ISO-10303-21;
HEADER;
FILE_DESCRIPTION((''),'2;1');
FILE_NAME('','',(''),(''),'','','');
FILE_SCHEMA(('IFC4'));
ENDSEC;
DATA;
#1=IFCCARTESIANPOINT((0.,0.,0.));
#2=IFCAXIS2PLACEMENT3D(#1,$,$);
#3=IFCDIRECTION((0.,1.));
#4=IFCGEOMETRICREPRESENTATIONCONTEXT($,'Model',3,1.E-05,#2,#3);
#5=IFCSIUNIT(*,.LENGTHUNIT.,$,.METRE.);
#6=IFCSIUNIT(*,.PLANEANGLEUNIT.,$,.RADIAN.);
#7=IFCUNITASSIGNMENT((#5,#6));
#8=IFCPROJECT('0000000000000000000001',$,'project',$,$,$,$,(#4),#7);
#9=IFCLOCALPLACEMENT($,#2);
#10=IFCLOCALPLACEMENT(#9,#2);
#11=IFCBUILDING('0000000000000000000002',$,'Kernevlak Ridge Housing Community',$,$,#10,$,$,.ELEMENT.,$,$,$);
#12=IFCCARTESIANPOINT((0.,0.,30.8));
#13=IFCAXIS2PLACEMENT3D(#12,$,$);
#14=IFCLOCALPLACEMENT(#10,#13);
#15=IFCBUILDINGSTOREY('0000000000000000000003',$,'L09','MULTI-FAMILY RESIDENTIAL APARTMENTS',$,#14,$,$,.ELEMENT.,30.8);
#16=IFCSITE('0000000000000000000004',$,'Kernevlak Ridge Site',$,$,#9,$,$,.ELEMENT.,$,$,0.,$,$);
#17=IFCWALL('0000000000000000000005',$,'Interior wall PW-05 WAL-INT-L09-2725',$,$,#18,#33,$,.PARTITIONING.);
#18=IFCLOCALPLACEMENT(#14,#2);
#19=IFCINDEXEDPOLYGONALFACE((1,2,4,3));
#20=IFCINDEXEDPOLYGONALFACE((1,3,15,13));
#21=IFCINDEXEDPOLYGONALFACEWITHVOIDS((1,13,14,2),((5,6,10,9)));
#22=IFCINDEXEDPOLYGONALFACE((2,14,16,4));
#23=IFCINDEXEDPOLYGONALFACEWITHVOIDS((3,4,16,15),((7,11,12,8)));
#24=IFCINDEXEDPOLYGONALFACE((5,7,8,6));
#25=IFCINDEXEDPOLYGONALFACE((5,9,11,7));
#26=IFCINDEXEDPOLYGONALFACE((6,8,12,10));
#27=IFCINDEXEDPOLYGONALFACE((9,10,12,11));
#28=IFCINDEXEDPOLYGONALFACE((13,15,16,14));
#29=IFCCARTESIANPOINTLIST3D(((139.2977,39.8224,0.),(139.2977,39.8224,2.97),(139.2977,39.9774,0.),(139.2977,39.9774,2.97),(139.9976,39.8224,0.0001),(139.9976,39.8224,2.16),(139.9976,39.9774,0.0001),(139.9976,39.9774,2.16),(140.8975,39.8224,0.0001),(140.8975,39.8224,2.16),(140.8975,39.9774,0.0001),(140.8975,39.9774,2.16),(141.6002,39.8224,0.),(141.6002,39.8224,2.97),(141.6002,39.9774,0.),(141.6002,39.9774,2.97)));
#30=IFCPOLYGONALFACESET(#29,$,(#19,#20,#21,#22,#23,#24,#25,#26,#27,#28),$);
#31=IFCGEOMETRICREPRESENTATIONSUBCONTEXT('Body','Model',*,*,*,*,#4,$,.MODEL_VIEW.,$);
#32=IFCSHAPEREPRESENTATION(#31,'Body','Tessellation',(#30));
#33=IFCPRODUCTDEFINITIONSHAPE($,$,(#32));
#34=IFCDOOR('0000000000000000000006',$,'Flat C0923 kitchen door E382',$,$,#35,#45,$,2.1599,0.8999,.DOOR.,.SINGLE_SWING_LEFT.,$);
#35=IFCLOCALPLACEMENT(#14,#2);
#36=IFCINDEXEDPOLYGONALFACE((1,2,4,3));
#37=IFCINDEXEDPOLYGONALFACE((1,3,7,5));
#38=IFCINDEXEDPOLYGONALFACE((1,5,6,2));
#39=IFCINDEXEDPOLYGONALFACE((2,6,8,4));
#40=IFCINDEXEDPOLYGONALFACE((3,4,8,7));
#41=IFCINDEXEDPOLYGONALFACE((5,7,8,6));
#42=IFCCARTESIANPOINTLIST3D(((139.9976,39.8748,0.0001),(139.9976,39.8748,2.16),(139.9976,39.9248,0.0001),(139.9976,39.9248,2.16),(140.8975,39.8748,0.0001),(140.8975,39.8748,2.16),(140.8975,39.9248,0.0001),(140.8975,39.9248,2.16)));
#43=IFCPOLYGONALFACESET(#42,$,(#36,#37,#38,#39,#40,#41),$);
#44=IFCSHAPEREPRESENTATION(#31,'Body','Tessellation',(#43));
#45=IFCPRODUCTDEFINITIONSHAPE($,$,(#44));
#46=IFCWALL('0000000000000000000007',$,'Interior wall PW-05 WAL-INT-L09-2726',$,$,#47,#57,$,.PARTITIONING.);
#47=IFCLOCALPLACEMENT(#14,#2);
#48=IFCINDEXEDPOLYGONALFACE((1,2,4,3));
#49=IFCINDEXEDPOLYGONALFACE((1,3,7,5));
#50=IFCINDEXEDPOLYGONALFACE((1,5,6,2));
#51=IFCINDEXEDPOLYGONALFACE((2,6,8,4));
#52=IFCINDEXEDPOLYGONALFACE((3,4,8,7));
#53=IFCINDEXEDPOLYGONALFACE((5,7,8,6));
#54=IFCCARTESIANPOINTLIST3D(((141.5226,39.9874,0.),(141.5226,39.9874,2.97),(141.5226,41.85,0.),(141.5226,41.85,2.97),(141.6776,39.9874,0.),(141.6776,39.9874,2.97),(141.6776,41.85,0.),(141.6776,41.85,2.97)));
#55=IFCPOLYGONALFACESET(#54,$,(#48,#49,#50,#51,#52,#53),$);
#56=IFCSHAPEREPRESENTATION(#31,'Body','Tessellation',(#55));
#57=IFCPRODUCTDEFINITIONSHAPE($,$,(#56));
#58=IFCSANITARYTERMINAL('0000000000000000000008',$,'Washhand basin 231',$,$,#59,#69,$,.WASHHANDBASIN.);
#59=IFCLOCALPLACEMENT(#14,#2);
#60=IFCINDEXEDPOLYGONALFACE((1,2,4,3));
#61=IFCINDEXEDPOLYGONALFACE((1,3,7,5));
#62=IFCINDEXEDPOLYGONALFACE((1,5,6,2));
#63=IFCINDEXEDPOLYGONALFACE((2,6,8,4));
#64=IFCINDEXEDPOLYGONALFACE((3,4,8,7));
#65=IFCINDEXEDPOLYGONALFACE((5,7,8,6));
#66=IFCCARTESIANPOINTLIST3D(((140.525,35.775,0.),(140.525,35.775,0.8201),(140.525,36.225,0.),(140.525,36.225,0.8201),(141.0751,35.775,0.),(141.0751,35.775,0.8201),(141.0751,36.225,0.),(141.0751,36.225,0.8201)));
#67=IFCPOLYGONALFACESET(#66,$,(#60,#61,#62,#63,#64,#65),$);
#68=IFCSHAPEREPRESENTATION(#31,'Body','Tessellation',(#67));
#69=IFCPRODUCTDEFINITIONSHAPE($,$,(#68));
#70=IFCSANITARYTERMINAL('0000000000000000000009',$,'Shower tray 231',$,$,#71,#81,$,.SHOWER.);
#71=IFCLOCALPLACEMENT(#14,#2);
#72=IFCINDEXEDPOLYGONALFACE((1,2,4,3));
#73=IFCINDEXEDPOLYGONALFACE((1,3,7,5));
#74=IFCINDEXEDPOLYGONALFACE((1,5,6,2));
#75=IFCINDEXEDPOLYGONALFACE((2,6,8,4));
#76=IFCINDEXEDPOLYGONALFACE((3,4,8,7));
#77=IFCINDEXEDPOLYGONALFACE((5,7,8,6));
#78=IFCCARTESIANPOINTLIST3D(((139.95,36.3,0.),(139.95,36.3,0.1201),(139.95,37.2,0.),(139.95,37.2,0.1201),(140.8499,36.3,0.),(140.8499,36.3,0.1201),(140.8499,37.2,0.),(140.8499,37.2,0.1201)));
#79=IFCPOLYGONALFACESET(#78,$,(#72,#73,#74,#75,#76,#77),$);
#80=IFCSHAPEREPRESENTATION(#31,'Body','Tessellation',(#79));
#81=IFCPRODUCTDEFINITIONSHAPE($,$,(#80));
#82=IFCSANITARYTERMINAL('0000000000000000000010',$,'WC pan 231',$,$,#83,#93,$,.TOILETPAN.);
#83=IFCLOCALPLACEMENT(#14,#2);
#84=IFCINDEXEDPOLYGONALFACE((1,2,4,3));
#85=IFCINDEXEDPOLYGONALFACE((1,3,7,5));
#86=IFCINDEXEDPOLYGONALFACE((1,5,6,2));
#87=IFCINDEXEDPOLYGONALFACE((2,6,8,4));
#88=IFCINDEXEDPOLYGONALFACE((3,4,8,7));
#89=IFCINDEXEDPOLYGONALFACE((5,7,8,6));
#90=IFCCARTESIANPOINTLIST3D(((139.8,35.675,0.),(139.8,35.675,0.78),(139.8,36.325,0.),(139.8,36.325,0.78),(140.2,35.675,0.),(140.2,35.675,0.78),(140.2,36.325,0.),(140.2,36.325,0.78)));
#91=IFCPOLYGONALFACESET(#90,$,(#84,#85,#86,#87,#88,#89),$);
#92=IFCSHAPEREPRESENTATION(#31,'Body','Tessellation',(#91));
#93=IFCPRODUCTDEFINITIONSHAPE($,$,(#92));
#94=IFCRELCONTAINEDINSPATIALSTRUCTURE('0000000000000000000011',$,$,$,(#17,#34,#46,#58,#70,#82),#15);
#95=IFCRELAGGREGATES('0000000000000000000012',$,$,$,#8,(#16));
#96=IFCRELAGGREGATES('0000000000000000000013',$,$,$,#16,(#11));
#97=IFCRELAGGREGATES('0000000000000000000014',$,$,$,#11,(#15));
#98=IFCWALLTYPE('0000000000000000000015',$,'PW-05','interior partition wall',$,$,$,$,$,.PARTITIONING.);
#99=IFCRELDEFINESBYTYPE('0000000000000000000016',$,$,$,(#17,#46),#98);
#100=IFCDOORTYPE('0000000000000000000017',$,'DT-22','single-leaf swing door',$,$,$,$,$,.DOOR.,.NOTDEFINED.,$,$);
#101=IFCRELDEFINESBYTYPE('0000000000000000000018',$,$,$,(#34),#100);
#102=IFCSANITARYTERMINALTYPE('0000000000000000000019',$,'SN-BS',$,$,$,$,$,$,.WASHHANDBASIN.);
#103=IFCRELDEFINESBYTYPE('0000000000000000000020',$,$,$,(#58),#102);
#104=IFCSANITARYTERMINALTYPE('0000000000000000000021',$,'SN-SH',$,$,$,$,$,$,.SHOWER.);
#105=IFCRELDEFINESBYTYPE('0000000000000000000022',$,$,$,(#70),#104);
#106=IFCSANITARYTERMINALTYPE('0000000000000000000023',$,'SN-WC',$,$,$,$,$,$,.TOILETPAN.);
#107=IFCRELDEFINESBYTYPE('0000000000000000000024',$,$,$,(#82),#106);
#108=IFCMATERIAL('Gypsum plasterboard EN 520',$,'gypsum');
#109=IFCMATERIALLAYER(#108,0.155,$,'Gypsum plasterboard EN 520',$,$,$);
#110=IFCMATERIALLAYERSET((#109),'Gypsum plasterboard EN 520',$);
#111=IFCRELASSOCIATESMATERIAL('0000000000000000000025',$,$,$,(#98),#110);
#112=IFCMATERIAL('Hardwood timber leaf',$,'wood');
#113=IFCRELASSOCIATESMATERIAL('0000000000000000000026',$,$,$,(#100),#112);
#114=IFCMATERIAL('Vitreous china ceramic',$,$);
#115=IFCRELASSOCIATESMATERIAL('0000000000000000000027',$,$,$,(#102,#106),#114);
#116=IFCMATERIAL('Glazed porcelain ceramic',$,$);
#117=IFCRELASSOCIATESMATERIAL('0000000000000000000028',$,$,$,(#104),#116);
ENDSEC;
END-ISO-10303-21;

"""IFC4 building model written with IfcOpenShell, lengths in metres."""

from ifc_helpers import new_model, si_unit, direction, frame, frame_2d, origin, origin_2d, place, context, subcontext, project, spatial, rectangle, extrude, material, layer, layer_set, type_object, element, fill, save


model = new_model("IFC4")

# Units and contexts
model_context = context("Model", 3, precision=1e-05, world=origin(), true_north=direction((0.0, 1.0)))
body_context = subcontext(model_context, "Body", "Model", "MODEL_VIEW")
ifc_project = project(units=[si_unit("LENGTHUNIT", "METRE"), si_unit("PLANEANGLEUNIT", "RADIAN")], contexts=[model_context])

# Site, building, storey
site_placement = place(None, origin())
site = spatial("IfcSite", under=ifc_project, at=site_placement, Name="Kernevlak Ridge Site", CompositionType="ELEMENT", RefElevation=0.0)
building_placement = place(site_placement, origin())
building = spatial("IfcBuilding", under=site, at=building_placement, Name="Kernevlak Ridge Housing Community", CompositionType="ELEMENT")
storey_placement = place(building_placement, frame((0.0, 0.0, 30.8)))
storey = spatial("IfcBuildingStorey", under=building, at=storey_placement, Name="L09", Description="MULTI-FAMILY RESIDENTIAL APARTMENTS", CompositionType="ELEMENT", Elevation=30.8)

# Shared definitions
ifc_material_1 = material(Name="Hardwood timber leaf", Category="wood")

# Wall, opening, door
ifc_material_2 = material(Name="Gypsum plasterboard EN 520", Category="gypsum")
ifc_layer_1 = layer(ifc_material_2, 0.155, Name="Gypsum plasterboard EN 520")
ifc_layer_set_1 = layer_set([ifc_layer_1], Name="Gypsum plasterboard EN 520")
wall_type_1 = type_object("IfcWallType", Name="PW-05", Description="interior partition wall", PredefinedType="PARTITIONING", material=ifc_layer_set_1)
wall_1_placement = place(storey_placement, frame((139.2976, 39.8999, 0.0), z_axis=(0.0, 0.0, 1.0), x_axis=(1.0, 0.0, 0.0)))
wall_1 = element("IfcWall", 1, at=wall_1_placement, inside=storey, type_object=wall_type_1, Name="Interior wall PW-05 WAL-INT-L09-2725", PredefinedType="PARTITIONING", context=body_context, shape_type="SweptSolid", body=[
    extrude(rectangle(XDim=2.3025, YDim=0.155, at=frame_2d((1.1514, 0.0))), origin(), (0.0, 0.0, 1.0), 2.97),
])
opening_1_placement = place(wall_1_placement, frame((0.7, 0.0, 0.0)))
opening_1 = element("IfcOpeningElement", 2, at=opening_1_placement, cuts=wall_1, PredefinedType="OPENING", context=body_context, shape_type="SweptSolid", body=[
    extrude(rectangle(XDim=0.8999, YDim=2.1599, at=frame_2d((0.45, 1.0801))), frame((0.0, 0.0874, 0.0), z_axis=(0.0, -1.0, 0.0), x_axis=(1.0, 0.0, 0.0)), (0.0, 0.0, 1.0), 0.175),
])
door_type_1 = type_object("IfcDoorType", Name="DT-22", Description="single-leaf swing door", OperationType="NOTDEFINED", PredefinedType="DOOR", material=ifc_material_1)
door_1_placement = place(opening_1_placement, origin())
door_1 = element("IfcDoor", 3, at=door_1_placement, inside=storey, type_object=door_type_1, Name="Flat C0923 kitchen door E382", OperationType="SINGLE_SWING_LEFT", OverallHeight=2.1599, OverallWidth=0.8999, PredefinedType="DOOR", context=body_context, shape_type="SweptSolid", body=[
    extrude(rectangle(XDim=0.8999, YDim=2.1599, at=frame_2d((0.45, 1.0801))), frame((0.0, 0.0249, 0.0), z_axis=(0.0, -1.0, 0.0), x_axis=(1.0, 0.0, 0.0)), (0.0, 0.0, 1.0), 0.05),
])
fill(opening_1, door_1)

# Wall
wall_2_placement = place(storey_placement, frame((141.6001, 39.9875, 0.0), z_axis=(0.0, 0.0, 1.0), x_axis=(0.0, 1.0, 0.0)))
element("IfcWall", 4, at=wall_2_placement, inside=storey, type_object=wall_type_1, Name="Interior wall PW-05 WAL-INT-L09-2726", PredefinedType="PARTITIONING", context=body_context, shape_type="SweptSolid", body=[
    extrude(rectangle(XDim=1.8625, YDim=0.155, at=frame_2d((0.9312, 0.0))), origin(), (0.0, 0.0, 1.0), 2.97),
])

# Sanitary terminals
ifc_material_3 = material(Name="Vitreous china ceramic")
sanitary_terminal_type_1 = type_object("IfcSanitaryTerminalType", Name="SN-BS", PredefinedType="WASHHANDBASIN", material=ifc_material_3)
sanitary_terminal_1_placement = place(storey_placement, frame((140.8, 36.0, 0.0), z_axis=(0.0, 0.0, 1.0), x_axis=(1.0, 0.0, 0.0)))
element("IfcSanitaryTerminal", 5, at=sanitary_terminal_1_placement, inside=storey, type_object=sanitary_terminal_type_1, Name="Washhand basin 231", PredefinedType="WASHHANDBASIN", context=body_context, shape_type="SweptSolid", body=[
    extrude(rectangle(XDim=0.55, YDim=0.45, at=origin_2d()), origin(), (0.0, 0.0, 1.0), 0.8201),
])
ifc_material_4 = material(Name="Glazed porcelain ceramic")
sanitary_terminal_type_2 = type_object("IfcSanitaryTerminalType", Name="SN-SH", PredefinedType="SHOWER", material=ifc_material_4)
sanitary_terminal_2_placement = place(storey_placement, frame((140.3999, 36.75, 0.0), z_axis=(0.0, 0.0, 1.0), x_axis=(1.0, 0.0, 0.0)))
element("IfcSanitaryTerminal", 6, at=sanitary_terminal_2_placement, inside=storey, type_object=sanitary_terminal_type_2, Name="Shower tray 231", PredefinedType="SHOWER", context=body_context, shape_type="SweptSolid", body=[
    extrude(rectangle(XDim=0.8999, YDim=0.8999, at=origin_2d()), origin(), (0.0, 0.0, 1.0), 0.1201),
])
sanitary_terminal_type_3 = type_object("IfcSanitaryTerminalType", Name="SN-WC", PredefinedType="TOILETPAN", material=ifc_material_3)
sanitary_terminal_3_placement = place(storey_placement, frame((140.0, 36.0, 0.0), z_axis=(0.0, 0.0, 1.0), x_axis=(1.0, 0.0, 0.0)))
element("IfcSanitaryTerminal", 7, at=sanitary_terminal_3_placement, inside=storey, type_object=sanitary_terminal_type_3, Name="WC pan 231", PredefinedType="TOILETPAN", context=body_context, shape_type="SweptSolid", body=[
    extrude(rectangle(XDim=0.3999, YDim=0.6499, at=origin_2d()), origin(), (0.0, 0.0, 1.0), 0.78),
])

save(model, "model.ifc")
